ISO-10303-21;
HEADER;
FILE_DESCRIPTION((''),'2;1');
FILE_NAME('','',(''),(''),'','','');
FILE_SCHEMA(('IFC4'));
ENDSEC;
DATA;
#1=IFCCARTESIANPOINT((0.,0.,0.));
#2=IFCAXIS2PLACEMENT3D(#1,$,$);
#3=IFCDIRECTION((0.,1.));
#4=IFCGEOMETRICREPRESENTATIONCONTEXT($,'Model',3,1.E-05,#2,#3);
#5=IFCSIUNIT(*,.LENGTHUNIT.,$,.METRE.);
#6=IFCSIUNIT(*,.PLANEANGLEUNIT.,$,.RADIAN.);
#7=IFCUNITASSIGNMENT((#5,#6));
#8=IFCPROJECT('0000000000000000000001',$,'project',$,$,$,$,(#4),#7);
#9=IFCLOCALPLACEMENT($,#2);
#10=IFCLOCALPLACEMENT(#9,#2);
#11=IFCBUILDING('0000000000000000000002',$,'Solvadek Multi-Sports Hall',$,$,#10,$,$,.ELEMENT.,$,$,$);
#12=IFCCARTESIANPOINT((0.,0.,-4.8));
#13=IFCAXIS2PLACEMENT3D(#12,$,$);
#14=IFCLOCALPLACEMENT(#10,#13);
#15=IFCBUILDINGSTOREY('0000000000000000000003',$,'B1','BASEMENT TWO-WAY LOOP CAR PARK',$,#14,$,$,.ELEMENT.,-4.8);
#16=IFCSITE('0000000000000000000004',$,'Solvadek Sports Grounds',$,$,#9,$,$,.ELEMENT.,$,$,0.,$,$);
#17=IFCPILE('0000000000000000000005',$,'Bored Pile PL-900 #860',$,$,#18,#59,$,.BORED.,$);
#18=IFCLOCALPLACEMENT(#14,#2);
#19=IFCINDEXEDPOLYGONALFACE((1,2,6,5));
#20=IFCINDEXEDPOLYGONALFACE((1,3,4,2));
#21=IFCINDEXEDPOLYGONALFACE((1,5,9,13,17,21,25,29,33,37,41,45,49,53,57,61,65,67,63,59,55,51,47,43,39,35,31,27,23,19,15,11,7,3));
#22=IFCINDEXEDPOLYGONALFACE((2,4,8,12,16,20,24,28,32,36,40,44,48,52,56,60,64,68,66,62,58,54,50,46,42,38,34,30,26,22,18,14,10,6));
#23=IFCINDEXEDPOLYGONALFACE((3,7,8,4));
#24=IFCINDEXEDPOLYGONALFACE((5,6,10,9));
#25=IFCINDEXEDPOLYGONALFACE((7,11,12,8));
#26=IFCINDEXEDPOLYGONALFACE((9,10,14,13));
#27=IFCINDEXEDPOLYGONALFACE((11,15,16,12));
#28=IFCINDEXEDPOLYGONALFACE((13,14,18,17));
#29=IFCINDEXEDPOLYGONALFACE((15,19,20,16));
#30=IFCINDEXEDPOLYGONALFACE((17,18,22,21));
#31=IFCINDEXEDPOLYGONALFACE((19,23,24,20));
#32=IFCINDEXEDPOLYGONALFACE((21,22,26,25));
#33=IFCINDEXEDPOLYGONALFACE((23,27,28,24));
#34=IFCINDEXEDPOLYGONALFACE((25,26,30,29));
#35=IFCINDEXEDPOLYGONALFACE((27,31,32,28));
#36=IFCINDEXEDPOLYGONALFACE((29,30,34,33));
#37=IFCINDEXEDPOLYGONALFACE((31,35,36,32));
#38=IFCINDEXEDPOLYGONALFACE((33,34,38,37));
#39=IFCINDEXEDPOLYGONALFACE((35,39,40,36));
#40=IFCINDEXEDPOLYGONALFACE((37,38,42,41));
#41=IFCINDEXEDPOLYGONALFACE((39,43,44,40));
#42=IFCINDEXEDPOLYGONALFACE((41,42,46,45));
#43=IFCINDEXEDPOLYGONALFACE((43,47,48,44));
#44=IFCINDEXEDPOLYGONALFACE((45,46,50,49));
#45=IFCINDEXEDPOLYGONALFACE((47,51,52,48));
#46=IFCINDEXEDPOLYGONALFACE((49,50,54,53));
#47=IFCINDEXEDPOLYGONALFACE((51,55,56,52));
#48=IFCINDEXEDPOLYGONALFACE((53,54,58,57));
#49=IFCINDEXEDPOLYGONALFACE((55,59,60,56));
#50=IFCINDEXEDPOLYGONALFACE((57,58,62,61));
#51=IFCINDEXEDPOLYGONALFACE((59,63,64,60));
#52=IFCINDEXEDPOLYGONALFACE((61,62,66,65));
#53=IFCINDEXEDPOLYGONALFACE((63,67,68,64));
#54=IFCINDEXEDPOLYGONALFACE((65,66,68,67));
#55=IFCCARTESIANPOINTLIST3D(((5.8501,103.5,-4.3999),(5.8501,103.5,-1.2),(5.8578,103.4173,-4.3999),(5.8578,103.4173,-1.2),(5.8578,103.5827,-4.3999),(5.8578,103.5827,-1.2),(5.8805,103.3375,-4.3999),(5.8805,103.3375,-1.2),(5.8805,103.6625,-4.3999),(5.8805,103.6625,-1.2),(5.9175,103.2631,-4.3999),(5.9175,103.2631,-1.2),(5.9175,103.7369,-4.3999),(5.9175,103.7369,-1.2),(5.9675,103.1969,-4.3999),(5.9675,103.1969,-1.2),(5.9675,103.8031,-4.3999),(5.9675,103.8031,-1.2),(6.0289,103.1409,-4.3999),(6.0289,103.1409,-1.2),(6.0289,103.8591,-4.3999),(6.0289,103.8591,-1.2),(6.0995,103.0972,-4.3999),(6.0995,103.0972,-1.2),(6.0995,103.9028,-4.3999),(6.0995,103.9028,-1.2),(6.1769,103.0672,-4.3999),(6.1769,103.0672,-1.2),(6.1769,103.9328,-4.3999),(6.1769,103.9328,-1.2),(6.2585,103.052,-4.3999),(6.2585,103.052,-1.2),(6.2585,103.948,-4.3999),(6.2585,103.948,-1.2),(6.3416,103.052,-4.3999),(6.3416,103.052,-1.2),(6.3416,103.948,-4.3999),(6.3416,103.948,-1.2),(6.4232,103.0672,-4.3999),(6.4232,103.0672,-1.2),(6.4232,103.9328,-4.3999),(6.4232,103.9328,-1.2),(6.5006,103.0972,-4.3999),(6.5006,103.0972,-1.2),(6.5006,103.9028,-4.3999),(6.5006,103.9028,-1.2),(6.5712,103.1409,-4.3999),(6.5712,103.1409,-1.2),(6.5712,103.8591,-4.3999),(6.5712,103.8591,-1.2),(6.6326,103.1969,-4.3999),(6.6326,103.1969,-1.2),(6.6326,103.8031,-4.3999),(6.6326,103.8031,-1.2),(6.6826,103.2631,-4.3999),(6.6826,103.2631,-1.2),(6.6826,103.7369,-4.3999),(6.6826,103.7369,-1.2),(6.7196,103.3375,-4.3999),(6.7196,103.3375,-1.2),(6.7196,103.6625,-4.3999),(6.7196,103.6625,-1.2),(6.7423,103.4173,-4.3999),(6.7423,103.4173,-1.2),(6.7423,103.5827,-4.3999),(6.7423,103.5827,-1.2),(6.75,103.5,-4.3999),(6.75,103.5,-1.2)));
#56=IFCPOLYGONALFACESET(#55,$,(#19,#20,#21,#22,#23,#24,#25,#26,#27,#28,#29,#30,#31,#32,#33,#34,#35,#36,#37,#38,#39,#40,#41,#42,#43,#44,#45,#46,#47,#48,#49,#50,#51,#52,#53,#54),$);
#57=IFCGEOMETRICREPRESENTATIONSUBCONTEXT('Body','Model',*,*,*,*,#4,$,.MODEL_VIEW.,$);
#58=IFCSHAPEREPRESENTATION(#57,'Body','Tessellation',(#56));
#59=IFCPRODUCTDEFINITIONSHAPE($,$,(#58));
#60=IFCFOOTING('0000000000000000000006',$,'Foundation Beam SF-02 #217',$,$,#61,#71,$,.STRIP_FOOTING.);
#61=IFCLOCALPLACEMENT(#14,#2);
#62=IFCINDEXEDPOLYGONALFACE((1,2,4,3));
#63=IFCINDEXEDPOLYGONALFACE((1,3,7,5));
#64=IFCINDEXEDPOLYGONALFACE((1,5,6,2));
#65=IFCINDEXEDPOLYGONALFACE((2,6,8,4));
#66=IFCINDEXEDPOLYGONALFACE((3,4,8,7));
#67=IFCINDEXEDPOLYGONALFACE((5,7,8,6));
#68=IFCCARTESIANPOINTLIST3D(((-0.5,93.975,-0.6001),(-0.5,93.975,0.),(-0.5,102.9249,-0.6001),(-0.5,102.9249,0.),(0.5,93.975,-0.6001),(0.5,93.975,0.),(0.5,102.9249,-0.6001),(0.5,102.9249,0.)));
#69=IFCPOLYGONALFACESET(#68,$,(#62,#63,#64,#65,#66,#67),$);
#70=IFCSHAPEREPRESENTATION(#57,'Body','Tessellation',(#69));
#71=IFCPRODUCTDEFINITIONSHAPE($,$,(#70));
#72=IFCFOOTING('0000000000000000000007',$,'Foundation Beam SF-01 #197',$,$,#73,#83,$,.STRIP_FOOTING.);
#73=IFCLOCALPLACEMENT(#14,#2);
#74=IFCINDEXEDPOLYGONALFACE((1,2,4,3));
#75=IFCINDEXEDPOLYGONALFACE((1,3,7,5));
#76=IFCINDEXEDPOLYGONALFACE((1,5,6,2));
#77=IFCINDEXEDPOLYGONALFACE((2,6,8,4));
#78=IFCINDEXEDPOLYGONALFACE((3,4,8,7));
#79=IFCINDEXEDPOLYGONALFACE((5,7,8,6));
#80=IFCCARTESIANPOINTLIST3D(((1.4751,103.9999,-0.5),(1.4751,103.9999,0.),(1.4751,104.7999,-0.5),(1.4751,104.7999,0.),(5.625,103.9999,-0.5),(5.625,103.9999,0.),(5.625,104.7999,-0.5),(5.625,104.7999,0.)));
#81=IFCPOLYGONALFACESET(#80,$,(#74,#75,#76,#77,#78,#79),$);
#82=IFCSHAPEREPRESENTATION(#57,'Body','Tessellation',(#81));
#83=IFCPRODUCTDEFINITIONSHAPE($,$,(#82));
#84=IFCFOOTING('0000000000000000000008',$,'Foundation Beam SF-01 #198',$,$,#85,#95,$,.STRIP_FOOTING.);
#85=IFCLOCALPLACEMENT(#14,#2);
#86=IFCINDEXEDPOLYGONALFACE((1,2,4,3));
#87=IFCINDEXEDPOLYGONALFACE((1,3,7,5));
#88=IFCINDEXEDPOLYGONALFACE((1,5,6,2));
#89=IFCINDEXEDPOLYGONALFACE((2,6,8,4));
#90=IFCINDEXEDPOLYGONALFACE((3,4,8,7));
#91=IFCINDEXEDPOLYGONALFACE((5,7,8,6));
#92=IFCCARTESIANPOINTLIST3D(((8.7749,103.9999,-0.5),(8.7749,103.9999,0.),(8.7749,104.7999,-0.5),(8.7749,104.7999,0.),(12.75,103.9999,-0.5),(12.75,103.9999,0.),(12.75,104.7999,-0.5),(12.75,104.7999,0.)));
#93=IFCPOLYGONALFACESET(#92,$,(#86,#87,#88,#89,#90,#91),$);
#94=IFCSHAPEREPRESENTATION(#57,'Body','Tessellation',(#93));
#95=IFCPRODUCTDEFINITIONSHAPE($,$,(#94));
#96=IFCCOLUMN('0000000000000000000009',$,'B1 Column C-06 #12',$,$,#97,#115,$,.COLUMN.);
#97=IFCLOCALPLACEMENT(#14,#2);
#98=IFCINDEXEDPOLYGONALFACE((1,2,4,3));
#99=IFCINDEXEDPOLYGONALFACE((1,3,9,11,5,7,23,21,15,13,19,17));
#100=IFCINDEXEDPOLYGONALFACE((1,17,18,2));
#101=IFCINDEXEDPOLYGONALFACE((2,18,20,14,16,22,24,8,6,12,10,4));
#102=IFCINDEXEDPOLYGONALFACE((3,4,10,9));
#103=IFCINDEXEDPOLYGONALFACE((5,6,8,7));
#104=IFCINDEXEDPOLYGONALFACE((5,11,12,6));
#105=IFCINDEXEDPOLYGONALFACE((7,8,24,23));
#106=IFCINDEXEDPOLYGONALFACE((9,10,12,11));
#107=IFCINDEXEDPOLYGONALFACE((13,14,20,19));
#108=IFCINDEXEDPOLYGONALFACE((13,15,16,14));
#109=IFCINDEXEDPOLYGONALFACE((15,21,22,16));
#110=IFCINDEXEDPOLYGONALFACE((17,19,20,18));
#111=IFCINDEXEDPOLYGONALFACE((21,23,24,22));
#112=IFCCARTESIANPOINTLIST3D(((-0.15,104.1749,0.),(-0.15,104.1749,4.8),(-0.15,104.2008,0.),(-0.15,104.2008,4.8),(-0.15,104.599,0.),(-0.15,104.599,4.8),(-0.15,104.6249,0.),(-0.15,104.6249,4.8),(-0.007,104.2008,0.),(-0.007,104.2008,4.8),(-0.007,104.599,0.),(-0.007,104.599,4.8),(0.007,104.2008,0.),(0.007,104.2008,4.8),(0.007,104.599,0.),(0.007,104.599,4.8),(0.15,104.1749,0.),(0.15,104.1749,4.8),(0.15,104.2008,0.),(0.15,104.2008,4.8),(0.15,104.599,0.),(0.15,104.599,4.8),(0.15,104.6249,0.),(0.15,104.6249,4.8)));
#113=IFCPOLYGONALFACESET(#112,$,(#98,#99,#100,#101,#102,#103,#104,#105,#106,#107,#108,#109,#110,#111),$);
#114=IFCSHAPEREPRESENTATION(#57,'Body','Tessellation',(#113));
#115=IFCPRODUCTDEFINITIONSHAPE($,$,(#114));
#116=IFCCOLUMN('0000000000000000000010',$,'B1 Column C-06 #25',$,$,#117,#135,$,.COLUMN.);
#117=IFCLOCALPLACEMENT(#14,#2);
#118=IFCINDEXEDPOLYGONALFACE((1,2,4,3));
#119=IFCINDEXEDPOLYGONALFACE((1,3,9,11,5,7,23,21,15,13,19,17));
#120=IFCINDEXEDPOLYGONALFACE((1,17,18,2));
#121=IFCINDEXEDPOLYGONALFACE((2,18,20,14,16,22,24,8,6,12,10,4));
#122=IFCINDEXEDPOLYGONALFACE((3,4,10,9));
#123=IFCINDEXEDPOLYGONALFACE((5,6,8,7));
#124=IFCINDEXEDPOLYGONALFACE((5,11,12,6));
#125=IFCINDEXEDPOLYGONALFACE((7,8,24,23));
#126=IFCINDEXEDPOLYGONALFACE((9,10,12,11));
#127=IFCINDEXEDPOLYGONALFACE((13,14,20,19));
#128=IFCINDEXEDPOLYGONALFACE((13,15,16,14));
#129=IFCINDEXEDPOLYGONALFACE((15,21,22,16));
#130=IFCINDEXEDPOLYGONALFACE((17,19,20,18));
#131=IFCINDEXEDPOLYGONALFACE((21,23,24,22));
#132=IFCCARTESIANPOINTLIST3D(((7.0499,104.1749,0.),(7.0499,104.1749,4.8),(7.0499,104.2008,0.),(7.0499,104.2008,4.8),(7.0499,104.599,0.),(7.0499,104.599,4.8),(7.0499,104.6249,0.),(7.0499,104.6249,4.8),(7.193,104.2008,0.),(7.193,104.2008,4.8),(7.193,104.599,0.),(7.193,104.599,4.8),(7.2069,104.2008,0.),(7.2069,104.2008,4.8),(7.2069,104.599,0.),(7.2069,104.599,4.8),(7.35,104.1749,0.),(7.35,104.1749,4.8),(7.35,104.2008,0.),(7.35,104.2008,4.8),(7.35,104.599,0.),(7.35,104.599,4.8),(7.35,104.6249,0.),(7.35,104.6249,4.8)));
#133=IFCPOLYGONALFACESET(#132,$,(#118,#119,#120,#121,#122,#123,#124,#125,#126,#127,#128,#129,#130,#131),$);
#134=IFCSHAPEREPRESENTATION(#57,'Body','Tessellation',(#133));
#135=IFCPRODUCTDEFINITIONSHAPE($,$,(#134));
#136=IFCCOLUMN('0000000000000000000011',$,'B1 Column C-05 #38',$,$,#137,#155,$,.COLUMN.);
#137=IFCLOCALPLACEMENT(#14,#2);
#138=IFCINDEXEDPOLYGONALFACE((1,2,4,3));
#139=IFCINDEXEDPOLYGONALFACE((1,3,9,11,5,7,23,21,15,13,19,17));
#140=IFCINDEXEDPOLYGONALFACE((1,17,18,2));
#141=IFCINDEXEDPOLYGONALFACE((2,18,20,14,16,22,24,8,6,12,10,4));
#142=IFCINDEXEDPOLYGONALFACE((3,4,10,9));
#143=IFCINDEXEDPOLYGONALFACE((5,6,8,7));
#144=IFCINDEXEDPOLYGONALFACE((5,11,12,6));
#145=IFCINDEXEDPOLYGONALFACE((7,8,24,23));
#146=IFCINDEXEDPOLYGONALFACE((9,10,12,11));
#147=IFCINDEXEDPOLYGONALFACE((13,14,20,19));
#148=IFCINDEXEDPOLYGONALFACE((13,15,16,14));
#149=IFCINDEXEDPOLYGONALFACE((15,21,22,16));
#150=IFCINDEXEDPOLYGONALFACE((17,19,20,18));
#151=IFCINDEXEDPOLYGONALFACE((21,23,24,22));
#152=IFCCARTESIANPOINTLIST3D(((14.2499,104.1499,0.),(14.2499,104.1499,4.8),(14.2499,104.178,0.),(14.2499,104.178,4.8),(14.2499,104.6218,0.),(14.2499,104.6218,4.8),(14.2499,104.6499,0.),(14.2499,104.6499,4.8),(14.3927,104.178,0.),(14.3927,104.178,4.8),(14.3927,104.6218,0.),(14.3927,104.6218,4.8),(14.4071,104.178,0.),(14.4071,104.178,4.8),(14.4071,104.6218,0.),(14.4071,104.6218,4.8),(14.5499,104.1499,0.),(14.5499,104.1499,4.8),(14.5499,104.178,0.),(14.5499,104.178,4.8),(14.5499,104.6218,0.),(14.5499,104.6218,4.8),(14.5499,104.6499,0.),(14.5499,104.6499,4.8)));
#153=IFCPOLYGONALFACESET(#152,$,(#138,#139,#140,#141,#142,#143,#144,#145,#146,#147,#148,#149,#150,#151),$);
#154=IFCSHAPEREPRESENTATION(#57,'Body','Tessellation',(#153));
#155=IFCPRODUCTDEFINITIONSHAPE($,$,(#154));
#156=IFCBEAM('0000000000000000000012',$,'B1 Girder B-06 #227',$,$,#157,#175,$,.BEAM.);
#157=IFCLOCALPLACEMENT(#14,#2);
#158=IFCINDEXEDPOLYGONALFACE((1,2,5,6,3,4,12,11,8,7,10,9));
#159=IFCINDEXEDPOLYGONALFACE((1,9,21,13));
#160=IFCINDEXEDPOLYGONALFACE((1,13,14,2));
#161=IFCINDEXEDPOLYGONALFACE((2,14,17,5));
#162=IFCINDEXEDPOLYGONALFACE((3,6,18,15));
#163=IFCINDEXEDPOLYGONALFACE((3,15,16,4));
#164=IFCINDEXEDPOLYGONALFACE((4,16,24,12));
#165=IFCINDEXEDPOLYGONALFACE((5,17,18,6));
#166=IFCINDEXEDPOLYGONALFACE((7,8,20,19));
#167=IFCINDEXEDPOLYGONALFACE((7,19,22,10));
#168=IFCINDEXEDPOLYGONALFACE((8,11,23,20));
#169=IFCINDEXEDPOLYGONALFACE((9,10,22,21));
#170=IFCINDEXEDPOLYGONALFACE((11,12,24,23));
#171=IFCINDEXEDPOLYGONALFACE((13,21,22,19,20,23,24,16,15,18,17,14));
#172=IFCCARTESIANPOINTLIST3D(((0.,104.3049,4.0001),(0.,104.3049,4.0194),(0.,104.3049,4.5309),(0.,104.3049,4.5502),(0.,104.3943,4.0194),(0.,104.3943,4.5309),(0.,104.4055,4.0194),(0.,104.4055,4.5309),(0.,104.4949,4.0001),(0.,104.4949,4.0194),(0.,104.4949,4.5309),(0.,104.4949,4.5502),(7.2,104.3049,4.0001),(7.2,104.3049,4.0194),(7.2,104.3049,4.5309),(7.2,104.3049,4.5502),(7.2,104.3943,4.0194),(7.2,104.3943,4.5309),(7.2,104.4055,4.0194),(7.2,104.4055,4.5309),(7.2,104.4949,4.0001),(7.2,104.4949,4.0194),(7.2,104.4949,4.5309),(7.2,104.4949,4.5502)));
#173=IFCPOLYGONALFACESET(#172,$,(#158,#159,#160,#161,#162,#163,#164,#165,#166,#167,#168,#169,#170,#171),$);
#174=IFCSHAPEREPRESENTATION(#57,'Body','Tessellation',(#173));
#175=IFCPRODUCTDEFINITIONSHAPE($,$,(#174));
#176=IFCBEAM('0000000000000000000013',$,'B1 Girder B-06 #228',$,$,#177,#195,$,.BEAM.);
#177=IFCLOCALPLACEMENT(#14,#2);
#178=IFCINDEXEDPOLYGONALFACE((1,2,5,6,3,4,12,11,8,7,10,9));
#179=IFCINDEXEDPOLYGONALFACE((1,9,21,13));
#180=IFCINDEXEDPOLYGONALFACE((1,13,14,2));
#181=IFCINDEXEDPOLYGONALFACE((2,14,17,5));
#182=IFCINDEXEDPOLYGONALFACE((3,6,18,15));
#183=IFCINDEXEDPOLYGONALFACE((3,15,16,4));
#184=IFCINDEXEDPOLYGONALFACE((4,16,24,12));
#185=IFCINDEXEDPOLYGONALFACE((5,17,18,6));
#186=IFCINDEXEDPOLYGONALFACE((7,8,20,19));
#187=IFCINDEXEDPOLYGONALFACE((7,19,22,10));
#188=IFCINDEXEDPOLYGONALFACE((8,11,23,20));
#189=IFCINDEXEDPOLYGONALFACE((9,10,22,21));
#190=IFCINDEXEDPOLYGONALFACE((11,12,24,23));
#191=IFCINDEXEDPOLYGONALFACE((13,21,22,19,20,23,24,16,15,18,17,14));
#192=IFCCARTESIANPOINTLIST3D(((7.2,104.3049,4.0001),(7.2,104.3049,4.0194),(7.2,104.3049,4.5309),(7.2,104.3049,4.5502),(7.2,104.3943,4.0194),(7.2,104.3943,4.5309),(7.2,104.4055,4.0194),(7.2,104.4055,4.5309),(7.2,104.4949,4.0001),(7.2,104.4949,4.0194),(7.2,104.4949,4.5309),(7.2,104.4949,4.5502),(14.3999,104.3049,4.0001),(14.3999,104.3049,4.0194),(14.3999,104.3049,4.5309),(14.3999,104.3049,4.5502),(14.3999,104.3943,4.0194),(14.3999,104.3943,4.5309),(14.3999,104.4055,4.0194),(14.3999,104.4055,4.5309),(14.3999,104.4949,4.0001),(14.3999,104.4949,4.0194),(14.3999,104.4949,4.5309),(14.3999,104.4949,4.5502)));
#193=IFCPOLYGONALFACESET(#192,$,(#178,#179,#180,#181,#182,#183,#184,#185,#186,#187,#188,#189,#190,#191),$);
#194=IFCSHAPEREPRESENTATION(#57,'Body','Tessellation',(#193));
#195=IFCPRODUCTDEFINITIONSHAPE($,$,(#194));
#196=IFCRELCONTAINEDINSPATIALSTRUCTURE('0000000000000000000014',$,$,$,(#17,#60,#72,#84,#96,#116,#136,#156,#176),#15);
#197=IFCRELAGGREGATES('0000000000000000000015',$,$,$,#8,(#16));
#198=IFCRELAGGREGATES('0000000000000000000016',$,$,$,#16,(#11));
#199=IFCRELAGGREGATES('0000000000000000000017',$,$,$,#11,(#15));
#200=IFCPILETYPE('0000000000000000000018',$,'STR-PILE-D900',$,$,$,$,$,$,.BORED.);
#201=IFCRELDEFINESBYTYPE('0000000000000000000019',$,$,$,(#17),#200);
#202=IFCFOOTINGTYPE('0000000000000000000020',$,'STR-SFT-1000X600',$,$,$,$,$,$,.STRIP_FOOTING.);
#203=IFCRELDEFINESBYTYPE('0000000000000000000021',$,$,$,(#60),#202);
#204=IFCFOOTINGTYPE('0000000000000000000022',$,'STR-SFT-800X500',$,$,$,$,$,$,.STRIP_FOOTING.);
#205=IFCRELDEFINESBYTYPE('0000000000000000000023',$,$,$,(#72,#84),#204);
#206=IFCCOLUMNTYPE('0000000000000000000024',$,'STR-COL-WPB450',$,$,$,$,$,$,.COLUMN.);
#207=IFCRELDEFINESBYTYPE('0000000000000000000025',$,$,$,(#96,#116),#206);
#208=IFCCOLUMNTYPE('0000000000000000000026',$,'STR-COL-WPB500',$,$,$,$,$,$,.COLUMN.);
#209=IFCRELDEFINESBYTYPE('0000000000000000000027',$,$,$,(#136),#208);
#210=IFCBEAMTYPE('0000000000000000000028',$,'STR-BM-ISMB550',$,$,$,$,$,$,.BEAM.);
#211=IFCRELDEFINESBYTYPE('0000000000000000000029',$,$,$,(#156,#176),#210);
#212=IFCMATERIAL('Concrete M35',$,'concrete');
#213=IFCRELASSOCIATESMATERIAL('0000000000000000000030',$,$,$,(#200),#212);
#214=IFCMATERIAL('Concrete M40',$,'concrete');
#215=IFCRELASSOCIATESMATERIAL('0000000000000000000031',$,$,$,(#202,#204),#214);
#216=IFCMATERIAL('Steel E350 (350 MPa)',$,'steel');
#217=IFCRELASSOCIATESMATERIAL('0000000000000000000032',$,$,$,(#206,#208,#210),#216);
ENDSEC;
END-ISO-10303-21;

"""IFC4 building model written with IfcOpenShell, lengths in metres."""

from ifc_helpers import new_model, si_unit, direction, frame, origin, origin_2d, place, context, subcontext, project, spatial, rectangle, circle, i_section, extrude, material, material_profile, profile_set, type_object, element, save


model = new_model("IFC4")

# Units and contexts
model_context = context("Model", 3, precision=1e-05, world=origin(), true_north=direction((0.0, 1.0)))
body_context = subcontext(model_context, "Body", "Model", "MODEL_VIEW")
ifc_project = project(units=[si_unit("LENGTHUNIT", "METRE"), si_unit("PLANEANGLEUNIT", "RADIAN")], contexts=[model_context])

# Site, building, storey
site_placement = place(None, origin())
site = spatial("IfcSite", under=ifc_project, at=site_placement, Name="Solvadek Sports Grounds", CompositionType="ELEMENT", RefElevation=0.0)
building_placement = place(site_placement, origin())
building = spatial("IfcBuilding", under=site, at=building_placement, Name="Solvadek Multi-Sports Hall", CompositionType="ELEMENT")
storey_placement = place(building_placement, frame((0.0, 0.0, -4.8)))
storey = spatial("IfcBuildingStorey", under=building, at=storey_placement, Name="B1", Description="BASEMENT TWO-WAY LOOP CAR PARK", CompositionType="ELEMENT", Elevation=-4.8)

# Shared definitions
ifc_material_1 = material(Name="Concrete M40", Category="concrete")

# Pile
ifc_material_2 = material(Name="Concrete M35", Category="concrete")
ifc_material_profile_1 = material_profile(ifc_material_2, circle(Radius=0.45, at=origin_2d()), Name="BORED PILE D900")
ifc_profile_set_1 = profile_set([ifc_material_profile_1], Name="Concrete M35")
pile_type_1 = type_object("IfcPileType", Name="STR-PILE-D900", PredefinedType="BORED", material=ifc_profile_set_1)
pile_1_placement = place(storey_placement, frame((6.3, 103.5, -1.2), z_axis=(0.0, 0.0, -1.0), x_axis=(1.0, 0.0, 0.0)))
element("IfcPile", 1, at=pile_1_placement, inside=storey, type_object=pile_type_1, Name="Bored Pile PL-900 #860", PredefinedType="BORED", context=body_context, shape_type="SweptSolid", body=[
    extrude(circle(Radius=0.45, at=origin_2d()), origin(), (0.0, 0.0, 1.0), 3.2),
])

# Footings
footing_type_1 = type_object("IfcFootingType", Name="STR-SFT-1000X600", PredefinedType="STRIP_FOOTING", material=ifc_material_1)
footing_1_placement = place(storey_placement, frame((0.0, 98.45, -0.6001), z_axis=(0.0, 0.0, 1.0), x_axis=(0.0, 1.0, 0.0)))
element("IfcFooting", 2, at=footing_1_placement, inside=storey, type_object=footing_type_1, Name="Foundation Beam SF-02 #217", PredefinedType="STRIP_FOOTING", context=body_context, shape_type="SweptSolid", body=[
    extrude(rectangle(XDim=8.95, YDim=1.0, at=origin_2d()), origin(), (0.0, 0.0, 1.0), 0.6001),
])
footing_type_2 = type_object("IfcFootingType", Name="STR-SFT-800X500", PredefinedType="STRIP_FOOTING", material=ifc_material_1)
footing_2_placement = place(storey_placement, frame((3.55, 104.3999, -0.5), z_axis=(0.0, 0.0, 1.0), x_axis=(1.0, 0.0, 0.0)))
element("IfcFooting", 3, at=footing_2_placement, inside=storey, type_object=footing_type_2, Name="Foundation Beam SF-01 #197", PredefinedType="STRIP_FOOTING", context=body_context, shape_type="SweptSolid", body=[
    extrude(rectangle(XDim=4.1499, YDim=0.8, at=origin_2d()), origin(), (0.0, 0.0, 1.0), 0.5),
])
footing_3_placement = place(storey_placement, frame((10.7625, 104.3999, -0.5), z_axis=(0.0, 0.0, 1.0), x_axis=(1.0, 0.0, 0.0)))
element("IfcFooting", 4, at=footing_3_placement, inside=storey, type_object=footing_type_2, Name="Foundation Beam SF-01 #198", PredefinedType="STRIP_FOOTING", context=body_context, shape_type="SweptSolid", body=[
    extrude(rectangle(XDim=3.9751, YDim=0.8, at=origin_2d()), origin(), (0.0, 0.0, 1.0), 0.5),
])

# Columns
ifc_material_3 = material(Name="Steel E350 (350 MPa)", Category="steel")
ifc_material_profile_2 = material_profile(ifc_material_3, i_section(OverallWidth=0.3, OverallDepth=0.45, WebThickness=0.0139, FlangeThickness=0.0259, at=origin_2d()), Name="WPB 450")
ifc_profile_set_2 = profile_set([ifc_material_profile_2], Name="Steel E350 (350 MPa)")
column_type_1 = type_object("IfcColumnType", Name="STR-COL-WPB450", PredefinedType="COLUMN", material=ifc_profile_set_2)
for number, where, z_axis, x_axis, name in (
    (5, (0.0, 104.3999, 0.0), (0.0, 0.0, 1.0), (1.0, 0.0, 0.0), "B1 Column C-06 #12"),
    (6, (7.2, 104.3999, 0.0), (0.0, 0.0, 1.0), (1.0, 0.0, 0.0), "B1 Column C-06 #25"),
):
    element("IfcColumn", number, at=place(storey_placement, frame(where, z_axis=z_axis, x_axis=x_axis)), inside=storey, type_object=column_type_1, Name=name, PredefinedType="COLUMN", context=body_context, shape_type="SweptSolid", body=[
        extrude(i_section(OverallWidth=0.3, OverallDepth=0.45, WebThickness=0.0139, FlangeThickness=0.0259, at=origin_2d()), origin(), (0.0, 0.0, 1.0), 4.8),
    ])
ifc_material_profile_3 = material_profile(ifc_material_3, i_section(OverallWidth=0.3, OverallDepth=0.5, WebThickness=0.0144, FlangeThickness=0.0281, at=origin_2d()), Name="WPB 500")
ifc_profile_set_3 = profile_set([ifc_material_profile_3], Name="Steel E350 (350 MPa)")
column_type_2 = type_object("IfcColumnType", Name="STR-COL-WPB500", PredefinedType="COLUMN", material=ifc_profile_set_3)
column_placement = place(storey_placement, frame((14.3999, 104.3999, 0.0), z_axis=(0.0, 0.0, 1.0), x_axis=(1.0, 0.0, 0.0)))
element("IfcColumn", 7, at=column_placement, inside=storey, type_object=column_type_2, Name="B1 Column C-05 #38", PredefinedType="COLUMN", context=body_context, shape_type="SweptSolid", body=[
    extrude(i_section(OverallWidth=0.3, OverallDepth=0.5, WebThickness=0.0144, FlangeThickness=0.0281, at=origin_2d()), origin(), (0.0, 0.0, 1.0), 4.8),
])

# Beams
ifc_material_profile_4 = material_profile(ifc_material_3, i_section(OverallWidth=0.1899, OverallDepth=0.55, WebThickness=0.0112, FlangeThickness=0.0193, at=origin_2d()), Name="ISMB 550")
ifc_profile_set_4 = profile_set([ifc_material_profile_4], Name="Steel E350 (350 MPa)")
beam_type_1 = type_object("IfcBeamType", Name="STR-BM-ISMB550", PredefinedType="BEAM", material=ifc_profile_set_4)
for number, where, z_axis, x_axis, name in (
    (8, (0.0, 104.3999, 4.2751), (1.0, 0.0, 0.0), (0.0, 1.0, 0.0), "B1 Girder B-06 #227"),
    (9, (7.2, 104.3999, 4.2751), (1.0, 0.0, 0.0), (0.0, 1.0, 0.0), "B1 Girder B-06 #228"),
):
    element("IfcBeam", number, at=place(storey_placement, frame(where, z_axis=z_axis, x_axis=x_axis)), inside=storey, type_object=beam_type_1, Name=name, PredefinedType="BEAM", context=body_context, shape_type="SweptSolid", body=[
        extrude(i_section(OverallWidth=0.1899, OverallDepth=0.55, WebThickness=0.0112, FlangeThickness=0.0193, at=origin_2d()), origin(), (0.0, 0.0, 1.0), 7.2),
    ])

save(model, "model.ifc")
